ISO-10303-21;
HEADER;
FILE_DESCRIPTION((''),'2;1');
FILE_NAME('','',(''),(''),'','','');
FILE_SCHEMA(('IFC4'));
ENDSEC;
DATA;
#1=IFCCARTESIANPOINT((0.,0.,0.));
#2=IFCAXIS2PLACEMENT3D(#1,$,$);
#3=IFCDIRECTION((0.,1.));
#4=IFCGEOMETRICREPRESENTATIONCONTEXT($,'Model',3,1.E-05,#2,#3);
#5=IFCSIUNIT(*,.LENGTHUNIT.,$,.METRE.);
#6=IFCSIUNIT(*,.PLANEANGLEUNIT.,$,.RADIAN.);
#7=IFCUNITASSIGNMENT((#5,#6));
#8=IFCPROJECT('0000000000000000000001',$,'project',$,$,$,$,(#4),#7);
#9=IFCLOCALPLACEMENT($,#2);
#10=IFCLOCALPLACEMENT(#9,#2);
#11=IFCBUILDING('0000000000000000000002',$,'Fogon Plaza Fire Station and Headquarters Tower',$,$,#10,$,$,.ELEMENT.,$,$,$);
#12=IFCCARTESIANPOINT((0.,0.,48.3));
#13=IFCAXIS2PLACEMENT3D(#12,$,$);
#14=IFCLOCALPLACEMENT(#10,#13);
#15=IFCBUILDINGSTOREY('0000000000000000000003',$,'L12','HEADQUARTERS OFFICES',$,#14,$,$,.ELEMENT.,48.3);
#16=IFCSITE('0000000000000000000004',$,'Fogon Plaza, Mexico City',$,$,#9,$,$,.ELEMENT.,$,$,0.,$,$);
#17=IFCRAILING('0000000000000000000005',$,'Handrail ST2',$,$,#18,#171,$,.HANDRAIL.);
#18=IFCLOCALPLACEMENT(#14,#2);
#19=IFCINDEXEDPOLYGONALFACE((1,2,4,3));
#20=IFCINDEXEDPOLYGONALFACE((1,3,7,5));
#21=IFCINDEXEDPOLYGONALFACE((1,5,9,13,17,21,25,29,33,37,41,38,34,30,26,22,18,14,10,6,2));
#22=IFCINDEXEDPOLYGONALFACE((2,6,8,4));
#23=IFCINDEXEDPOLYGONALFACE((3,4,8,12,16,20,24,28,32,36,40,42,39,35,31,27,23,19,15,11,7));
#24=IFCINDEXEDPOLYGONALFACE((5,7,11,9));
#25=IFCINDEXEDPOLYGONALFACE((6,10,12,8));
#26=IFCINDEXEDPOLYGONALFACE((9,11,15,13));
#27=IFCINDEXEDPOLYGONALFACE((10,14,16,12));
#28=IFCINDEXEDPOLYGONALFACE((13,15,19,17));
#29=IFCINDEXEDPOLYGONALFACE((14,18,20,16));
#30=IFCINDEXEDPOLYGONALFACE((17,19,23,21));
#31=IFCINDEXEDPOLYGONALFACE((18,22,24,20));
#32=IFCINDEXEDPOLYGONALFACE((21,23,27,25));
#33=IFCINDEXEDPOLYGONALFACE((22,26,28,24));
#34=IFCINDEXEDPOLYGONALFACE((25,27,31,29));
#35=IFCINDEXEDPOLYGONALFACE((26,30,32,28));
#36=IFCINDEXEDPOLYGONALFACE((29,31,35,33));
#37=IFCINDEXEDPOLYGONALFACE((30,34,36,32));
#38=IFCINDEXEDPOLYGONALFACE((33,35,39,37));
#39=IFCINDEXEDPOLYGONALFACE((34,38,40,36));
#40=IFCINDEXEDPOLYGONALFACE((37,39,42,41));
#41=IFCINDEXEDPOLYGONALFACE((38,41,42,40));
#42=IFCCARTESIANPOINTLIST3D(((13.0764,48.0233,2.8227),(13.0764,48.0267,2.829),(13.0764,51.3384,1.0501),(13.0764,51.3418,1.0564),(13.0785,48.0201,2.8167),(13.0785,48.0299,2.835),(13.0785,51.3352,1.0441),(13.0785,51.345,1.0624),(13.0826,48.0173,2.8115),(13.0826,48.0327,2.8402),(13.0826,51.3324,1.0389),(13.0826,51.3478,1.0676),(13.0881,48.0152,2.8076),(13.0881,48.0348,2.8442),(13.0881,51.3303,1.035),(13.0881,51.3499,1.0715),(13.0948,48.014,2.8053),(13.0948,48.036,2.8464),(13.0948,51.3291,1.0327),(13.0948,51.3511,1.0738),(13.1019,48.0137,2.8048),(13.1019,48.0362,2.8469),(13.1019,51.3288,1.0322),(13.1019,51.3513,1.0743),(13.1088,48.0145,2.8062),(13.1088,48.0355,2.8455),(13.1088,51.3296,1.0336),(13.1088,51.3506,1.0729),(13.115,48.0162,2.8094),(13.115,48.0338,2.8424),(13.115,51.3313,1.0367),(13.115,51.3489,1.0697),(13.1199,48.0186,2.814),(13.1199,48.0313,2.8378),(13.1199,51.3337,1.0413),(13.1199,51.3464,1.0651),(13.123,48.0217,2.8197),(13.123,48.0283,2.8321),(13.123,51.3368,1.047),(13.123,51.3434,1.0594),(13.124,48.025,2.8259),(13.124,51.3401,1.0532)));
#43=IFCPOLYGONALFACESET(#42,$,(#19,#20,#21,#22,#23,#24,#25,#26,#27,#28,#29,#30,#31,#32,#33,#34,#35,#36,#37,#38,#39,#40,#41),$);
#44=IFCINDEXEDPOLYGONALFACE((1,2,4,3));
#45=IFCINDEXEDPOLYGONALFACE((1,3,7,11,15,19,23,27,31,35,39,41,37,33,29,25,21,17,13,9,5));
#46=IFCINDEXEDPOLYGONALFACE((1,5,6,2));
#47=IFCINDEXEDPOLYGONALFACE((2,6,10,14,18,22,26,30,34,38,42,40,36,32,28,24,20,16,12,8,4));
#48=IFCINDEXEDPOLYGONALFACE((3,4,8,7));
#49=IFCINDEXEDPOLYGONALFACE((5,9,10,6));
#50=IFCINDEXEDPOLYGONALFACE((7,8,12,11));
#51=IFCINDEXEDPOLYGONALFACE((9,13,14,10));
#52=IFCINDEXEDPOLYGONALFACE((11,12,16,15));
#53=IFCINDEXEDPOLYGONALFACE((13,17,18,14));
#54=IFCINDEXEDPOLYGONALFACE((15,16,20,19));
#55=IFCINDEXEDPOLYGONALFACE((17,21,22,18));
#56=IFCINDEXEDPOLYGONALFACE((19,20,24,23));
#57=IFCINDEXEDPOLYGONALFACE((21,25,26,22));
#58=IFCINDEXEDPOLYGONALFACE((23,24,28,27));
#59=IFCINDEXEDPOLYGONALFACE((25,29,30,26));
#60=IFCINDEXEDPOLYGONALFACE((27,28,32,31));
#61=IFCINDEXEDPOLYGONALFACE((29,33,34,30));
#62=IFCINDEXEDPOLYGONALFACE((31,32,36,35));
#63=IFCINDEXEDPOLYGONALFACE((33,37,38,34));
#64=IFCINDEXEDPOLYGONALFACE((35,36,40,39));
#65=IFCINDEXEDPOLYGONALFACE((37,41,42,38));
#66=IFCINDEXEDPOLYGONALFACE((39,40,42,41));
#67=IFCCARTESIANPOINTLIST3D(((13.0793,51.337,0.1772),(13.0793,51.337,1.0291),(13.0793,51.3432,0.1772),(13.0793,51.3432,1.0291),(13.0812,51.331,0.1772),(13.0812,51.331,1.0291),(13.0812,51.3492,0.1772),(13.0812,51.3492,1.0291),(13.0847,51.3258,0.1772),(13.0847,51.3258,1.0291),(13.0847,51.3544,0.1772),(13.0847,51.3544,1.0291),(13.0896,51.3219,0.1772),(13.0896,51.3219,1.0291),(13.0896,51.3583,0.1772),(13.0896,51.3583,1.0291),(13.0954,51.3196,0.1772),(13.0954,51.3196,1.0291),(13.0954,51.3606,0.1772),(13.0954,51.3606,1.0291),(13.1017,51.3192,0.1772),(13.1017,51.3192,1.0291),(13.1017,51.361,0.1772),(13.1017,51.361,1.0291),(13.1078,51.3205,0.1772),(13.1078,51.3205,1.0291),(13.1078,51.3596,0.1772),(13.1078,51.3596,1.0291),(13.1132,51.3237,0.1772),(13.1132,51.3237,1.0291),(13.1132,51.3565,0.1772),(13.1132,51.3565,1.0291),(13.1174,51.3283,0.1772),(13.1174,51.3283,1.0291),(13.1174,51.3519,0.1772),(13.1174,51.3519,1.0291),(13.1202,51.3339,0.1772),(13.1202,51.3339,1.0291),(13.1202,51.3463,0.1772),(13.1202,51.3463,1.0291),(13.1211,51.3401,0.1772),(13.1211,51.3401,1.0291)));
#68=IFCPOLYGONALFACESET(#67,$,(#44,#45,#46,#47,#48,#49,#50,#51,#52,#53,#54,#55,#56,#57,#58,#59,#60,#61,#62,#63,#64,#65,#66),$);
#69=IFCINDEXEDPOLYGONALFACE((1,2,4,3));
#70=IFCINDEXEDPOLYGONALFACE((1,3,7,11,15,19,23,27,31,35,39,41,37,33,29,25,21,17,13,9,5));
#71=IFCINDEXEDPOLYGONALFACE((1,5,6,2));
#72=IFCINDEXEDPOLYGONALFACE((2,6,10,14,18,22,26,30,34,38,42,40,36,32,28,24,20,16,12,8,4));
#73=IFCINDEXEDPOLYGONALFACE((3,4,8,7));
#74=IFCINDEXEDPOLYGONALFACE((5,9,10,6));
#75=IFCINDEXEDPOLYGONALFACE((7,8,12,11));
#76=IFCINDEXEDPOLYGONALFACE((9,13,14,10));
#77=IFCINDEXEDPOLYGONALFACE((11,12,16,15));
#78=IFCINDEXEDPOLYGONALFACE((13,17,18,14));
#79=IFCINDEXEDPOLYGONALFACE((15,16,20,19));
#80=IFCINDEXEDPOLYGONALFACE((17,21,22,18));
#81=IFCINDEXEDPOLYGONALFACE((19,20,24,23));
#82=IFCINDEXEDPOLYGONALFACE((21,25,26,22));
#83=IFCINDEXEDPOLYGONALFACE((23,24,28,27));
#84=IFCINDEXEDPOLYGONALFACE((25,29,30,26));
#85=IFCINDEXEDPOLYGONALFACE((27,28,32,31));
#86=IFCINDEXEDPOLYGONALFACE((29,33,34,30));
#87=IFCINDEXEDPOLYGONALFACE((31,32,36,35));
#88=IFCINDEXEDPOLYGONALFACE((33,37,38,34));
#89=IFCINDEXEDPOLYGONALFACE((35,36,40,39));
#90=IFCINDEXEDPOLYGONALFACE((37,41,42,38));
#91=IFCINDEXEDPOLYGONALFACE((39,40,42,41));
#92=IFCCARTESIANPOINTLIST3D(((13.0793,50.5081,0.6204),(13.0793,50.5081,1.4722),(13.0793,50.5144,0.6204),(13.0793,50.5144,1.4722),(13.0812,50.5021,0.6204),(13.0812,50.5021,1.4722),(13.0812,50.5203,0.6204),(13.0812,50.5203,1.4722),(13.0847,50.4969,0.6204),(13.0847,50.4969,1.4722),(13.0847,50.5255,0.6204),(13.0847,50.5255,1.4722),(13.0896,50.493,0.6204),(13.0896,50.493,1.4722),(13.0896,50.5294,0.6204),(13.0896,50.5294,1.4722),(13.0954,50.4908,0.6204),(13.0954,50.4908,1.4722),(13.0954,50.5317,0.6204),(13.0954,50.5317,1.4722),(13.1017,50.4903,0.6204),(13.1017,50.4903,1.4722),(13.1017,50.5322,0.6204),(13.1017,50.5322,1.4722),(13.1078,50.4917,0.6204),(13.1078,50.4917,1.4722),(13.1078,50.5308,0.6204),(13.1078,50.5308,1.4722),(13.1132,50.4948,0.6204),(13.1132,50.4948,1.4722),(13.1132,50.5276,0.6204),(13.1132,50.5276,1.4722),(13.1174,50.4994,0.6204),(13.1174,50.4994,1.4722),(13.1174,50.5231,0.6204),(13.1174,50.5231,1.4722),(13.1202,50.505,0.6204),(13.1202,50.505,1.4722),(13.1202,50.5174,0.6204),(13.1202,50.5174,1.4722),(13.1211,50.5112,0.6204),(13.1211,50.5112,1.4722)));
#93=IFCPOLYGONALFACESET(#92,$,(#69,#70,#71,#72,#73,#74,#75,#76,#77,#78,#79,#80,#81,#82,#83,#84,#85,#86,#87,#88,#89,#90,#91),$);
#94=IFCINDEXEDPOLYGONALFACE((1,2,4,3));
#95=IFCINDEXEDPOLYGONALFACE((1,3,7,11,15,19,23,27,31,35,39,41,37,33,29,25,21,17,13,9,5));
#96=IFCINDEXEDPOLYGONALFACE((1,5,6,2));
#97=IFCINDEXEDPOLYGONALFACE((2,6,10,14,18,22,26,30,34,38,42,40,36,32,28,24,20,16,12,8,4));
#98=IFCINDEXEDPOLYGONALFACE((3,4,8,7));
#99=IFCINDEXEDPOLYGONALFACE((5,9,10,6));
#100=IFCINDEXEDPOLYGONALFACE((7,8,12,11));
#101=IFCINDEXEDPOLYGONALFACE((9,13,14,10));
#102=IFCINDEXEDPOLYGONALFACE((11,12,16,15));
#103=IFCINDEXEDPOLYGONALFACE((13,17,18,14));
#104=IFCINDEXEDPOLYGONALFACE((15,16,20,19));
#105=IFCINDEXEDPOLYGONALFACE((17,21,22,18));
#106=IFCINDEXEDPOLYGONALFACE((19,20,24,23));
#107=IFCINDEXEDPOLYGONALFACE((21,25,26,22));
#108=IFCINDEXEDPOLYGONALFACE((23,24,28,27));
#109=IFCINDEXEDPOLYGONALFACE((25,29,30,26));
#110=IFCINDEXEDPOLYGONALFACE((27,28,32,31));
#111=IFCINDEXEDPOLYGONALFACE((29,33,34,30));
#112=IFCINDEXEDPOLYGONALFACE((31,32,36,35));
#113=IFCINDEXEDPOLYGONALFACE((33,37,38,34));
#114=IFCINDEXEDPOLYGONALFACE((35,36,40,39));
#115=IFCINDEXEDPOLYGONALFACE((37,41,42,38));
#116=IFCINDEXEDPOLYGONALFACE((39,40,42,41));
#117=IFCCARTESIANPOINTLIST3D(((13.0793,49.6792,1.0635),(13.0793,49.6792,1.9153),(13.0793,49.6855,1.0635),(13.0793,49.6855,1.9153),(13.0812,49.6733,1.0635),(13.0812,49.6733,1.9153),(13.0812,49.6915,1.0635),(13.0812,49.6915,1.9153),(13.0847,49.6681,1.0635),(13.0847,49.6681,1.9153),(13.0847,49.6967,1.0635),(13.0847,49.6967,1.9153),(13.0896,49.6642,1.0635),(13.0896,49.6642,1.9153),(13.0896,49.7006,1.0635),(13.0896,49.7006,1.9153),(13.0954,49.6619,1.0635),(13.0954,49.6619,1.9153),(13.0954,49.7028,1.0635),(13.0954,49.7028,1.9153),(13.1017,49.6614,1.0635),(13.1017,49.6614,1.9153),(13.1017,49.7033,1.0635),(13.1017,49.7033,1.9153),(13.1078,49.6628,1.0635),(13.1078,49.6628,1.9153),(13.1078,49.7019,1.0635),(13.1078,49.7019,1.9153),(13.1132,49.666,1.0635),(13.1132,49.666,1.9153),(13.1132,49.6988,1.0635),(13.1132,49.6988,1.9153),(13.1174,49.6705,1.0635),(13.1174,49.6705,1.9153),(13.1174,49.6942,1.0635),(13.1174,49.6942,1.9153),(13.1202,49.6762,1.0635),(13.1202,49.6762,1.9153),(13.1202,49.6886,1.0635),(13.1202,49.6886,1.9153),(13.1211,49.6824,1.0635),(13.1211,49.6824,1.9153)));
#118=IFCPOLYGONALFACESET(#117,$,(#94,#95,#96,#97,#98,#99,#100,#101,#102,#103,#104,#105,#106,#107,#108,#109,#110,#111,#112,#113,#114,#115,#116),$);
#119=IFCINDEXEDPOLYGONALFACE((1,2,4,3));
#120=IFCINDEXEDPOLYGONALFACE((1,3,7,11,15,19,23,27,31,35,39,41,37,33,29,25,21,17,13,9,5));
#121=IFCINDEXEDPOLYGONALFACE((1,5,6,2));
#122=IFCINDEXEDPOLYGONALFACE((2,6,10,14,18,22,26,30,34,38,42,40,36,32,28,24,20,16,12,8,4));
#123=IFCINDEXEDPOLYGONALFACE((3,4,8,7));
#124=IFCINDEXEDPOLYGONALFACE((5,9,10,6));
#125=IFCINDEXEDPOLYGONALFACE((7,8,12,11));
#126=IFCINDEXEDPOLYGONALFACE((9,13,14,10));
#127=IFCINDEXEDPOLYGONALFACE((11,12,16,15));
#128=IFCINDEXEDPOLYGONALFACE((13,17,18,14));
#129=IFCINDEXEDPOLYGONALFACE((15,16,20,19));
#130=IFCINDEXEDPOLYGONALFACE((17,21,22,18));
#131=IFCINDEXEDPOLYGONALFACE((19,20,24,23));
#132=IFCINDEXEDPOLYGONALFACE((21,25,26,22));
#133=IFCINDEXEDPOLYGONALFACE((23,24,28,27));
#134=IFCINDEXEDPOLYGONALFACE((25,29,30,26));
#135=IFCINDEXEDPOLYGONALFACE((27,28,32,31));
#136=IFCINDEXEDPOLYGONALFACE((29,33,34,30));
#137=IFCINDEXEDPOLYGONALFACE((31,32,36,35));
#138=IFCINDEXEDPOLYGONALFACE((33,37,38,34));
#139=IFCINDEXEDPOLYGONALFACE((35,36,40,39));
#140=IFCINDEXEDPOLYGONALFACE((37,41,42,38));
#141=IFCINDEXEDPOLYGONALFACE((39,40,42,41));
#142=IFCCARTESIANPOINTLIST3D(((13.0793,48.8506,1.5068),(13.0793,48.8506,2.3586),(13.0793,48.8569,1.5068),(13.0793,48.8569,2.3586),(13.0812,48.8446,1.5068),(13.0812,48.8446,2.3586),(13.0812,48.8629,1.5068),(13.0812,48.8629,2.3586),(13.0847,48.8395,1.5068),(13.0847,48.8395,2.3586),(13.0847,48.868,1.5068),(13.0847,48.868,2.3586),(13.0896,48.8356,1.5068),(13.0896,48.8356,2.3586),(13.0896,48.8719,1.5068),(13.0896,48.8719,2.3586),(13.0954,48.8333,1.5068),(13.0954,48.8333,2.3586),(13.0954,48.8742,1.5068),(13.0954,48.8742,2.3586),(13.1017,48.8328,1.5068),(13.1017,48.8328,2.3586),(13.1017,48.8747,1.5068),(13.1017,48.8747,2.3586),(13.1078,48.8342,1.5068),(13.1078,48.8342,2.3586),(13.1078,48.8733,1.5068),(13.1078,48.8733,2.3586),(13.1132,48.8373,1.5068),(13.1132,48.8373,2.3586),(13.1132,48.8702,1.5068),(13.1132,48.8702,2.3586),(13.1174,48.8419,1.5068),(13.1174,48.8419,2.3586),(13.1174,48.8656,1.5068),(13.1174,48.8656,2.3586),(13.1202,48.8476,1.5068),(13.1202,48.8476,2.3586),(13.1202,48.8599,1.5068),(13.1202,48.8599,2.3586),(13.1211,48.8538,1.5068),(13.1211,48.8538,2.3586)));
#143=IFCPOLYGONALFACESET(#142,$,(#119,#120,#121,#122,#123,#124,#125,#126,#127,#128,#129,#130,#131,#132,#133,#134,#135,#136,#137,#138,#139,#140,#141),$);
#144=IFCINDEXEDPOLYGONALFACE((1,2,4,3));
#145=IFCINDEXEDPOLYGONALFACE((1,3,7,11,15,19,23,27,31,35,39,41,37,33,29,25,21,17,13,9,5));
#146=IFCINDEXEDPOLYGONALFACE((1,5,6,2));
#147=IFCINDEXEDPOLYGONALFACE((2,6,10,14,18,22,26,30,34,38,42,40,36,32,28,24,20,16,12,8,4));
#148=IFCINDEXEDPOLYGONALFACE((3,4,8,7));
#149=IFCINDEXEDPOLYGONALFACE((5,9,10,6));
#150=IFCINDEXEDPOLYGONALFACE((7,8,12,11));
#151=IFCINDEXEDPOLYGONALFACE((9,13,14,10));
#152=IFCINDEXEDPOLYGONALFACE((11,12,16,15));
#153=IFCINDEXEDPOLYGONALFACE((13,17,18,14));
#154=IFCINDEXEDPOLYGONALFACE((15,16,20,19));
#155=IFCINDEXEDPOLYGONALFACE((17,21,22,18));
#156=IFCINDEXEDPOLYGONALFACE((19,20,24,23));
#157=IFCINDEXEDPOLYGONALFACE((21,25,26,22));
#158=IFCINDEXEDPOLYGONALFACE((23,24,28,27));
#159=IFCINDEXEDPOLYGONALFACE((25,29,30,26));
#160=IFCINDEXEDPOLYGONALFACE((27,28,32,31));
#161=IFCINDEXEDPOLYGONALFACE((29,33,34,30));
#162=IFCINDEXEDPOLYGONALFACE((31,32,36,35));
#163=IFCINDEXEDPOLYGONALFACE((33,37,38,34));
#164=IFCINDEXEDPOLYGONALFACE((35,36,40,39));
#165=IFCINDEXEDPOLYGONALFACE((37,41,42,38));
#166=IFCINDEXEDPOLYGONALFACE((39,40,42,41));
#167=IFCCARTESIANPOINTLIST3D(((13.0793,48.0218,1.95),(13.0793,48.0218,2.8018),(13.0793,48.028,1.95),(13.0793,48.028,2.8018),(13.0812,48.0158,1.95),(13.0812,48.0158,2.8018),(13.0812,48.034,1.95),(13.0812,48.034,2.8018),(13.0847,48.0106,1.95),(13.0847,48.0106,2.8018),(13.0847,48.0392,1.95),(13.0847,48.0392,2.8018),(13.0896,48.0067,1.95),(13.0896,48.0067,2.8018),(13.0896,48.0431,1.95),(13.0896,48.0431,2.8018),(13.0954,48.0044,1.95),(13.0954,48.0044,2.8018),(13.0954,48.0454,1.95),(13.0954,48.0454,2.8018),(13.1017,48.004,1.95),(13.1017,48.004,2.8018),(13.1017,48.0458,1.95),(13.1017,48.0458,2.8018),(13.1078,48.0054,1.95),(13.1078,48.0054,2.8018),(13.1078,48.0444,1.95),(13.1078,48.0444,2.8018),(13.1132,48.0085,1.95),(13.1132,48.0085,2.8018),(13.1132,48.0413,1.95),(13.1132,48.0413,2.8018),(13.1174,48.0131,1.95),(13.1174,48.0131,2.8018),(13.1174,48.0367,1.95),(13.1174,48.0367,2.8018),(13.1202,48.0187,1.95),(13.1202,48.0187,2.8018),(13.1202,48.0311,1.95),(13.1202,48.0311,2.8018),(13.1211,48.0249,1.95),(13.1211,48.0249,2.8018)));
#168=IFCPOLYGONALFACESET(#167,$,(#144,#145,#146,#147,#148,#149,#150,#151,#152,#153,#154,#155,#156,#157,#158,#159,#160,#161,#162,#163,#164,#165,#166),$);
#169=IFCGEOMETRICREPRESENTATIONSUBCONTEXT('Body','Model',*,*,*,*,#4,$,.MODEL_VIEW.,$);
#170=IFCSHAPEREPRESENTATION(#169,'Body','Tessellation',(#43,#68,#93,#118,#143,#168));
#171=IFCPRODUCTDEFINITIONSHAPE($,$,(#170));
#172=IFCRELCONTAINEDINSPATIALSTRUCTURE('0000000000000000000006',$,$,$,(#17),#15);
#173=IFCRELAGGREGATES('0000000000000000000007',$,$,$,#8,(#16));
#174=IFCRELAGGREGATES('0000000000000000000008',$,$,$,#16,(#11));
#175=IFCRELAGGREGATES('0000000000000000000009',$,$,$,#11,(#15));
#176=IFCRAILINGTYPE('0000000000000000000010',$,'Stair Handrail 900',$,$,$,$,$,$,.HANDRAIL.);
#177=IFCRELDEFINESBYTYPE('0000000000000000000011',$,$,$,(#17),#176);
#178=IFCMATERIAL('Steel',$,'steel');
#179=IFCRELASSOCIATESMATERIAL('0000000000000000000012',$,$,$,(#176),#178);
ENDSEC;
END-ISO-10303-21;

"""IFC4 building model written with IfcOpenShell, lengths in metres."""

from ifc_helpers import new_model, si_unit, direction, frame, origin, origin_2d, place, context, subcontext, project, spatial, circle, extrude, material, type_object, element, save


model = new_model("IFC4")

# Units and contexts
model_context = context("Model", 3, precision=1e-05, world=origin(), true_north=direction((0.0, 1.0)))
body_context = subcontext(model_context, "Body", "Model", "MODEL_VIEW")
ifc_project = project(units=[si_unit("LENGTHUNIT", "METRE"), si_unit("PLANEANGLEUNIT", "RADIAN")], contexts=[model_context])

# Site, building, storey
site_placement = place(None, origin())
site = spatial("IfcSite", under=ifc_project, at=site_placement, Name="Fogon Plaza, Mexico City", CompositionType="ELEMENT", RefElevation=0.0)
building_placement = place(site_placement, origin())
building = spatial("IfcBuilding", under=site, at=building_placement, Name="Fogon Plaza Fire Station and Headquarters Tower", CompositionType="ELEMENT")
storey_placement = place(building_placement, frame((0.0, 0.0, 48.3)))
storey = spatial("IfcBuildingStorey", under=building, at=storey_placement, Name="L12", Description="HEADQUARTERS OFFICES", CompositionType="ELEMENT", Elevation=48.3)

# Railing
ifc_material_1 = material(Name="Steel", Category="steel")
railing_type = type_object("IfcRailingType", Name="Stair Handrail 900", PredefinedType="HANDRAIL", material=ifc_material_1)
for number, where, name in (
    (1, (13.1001, 51.3401, 0.1772), "Handrail ST2"),
):
    element("IfcRailing", number, at=place(storey_placement, frame(where)), inside=storey, type_object=railing_type, Name=name, PredefinedType="HANDRAIL", context=body_context, shape_type="SweptSolid", body=[
        extrude(circle(Radius=0.0239, at=origin_2d()), frame((0.0, 0.0, 0.876), z_axis=(0.0, -0.881844, 0.471542), x_axis=(1.0, 0.0, 0.0)), (0.0, 0.0, 1.0), 3.7593),
        extrude(circle(Radius=0.021, at=origin_2d()), origin(), (0.0, 0.0, 1.0), 0.8518),
        extrude(circle(Radius=0.021, at=origin_2d()), frame((0.0, -0.8289, 0.4431)), (0.0, 0.0, 1.0), 0.8518),
        extrude(circle(Radius=0.021, at=origin_2d()), frame((0.0, -1.6577, 0.8862)), (0.0, 0.0, 1.0), 0.8518),
        extrude(circle(Radius=0.021, at=origin_2d()), frame((0.0, -2.4863, 1.3296)), (0.0, 0.0, 1.0), 0.8518),
        extrude(circle(Radius=0.021, at=origin_2d()), frame((0.0, -3.3152, 1.7727)), (0.0, 0.0, 1.0), 0.8518),
    ])

save(model, "model.ifc")
